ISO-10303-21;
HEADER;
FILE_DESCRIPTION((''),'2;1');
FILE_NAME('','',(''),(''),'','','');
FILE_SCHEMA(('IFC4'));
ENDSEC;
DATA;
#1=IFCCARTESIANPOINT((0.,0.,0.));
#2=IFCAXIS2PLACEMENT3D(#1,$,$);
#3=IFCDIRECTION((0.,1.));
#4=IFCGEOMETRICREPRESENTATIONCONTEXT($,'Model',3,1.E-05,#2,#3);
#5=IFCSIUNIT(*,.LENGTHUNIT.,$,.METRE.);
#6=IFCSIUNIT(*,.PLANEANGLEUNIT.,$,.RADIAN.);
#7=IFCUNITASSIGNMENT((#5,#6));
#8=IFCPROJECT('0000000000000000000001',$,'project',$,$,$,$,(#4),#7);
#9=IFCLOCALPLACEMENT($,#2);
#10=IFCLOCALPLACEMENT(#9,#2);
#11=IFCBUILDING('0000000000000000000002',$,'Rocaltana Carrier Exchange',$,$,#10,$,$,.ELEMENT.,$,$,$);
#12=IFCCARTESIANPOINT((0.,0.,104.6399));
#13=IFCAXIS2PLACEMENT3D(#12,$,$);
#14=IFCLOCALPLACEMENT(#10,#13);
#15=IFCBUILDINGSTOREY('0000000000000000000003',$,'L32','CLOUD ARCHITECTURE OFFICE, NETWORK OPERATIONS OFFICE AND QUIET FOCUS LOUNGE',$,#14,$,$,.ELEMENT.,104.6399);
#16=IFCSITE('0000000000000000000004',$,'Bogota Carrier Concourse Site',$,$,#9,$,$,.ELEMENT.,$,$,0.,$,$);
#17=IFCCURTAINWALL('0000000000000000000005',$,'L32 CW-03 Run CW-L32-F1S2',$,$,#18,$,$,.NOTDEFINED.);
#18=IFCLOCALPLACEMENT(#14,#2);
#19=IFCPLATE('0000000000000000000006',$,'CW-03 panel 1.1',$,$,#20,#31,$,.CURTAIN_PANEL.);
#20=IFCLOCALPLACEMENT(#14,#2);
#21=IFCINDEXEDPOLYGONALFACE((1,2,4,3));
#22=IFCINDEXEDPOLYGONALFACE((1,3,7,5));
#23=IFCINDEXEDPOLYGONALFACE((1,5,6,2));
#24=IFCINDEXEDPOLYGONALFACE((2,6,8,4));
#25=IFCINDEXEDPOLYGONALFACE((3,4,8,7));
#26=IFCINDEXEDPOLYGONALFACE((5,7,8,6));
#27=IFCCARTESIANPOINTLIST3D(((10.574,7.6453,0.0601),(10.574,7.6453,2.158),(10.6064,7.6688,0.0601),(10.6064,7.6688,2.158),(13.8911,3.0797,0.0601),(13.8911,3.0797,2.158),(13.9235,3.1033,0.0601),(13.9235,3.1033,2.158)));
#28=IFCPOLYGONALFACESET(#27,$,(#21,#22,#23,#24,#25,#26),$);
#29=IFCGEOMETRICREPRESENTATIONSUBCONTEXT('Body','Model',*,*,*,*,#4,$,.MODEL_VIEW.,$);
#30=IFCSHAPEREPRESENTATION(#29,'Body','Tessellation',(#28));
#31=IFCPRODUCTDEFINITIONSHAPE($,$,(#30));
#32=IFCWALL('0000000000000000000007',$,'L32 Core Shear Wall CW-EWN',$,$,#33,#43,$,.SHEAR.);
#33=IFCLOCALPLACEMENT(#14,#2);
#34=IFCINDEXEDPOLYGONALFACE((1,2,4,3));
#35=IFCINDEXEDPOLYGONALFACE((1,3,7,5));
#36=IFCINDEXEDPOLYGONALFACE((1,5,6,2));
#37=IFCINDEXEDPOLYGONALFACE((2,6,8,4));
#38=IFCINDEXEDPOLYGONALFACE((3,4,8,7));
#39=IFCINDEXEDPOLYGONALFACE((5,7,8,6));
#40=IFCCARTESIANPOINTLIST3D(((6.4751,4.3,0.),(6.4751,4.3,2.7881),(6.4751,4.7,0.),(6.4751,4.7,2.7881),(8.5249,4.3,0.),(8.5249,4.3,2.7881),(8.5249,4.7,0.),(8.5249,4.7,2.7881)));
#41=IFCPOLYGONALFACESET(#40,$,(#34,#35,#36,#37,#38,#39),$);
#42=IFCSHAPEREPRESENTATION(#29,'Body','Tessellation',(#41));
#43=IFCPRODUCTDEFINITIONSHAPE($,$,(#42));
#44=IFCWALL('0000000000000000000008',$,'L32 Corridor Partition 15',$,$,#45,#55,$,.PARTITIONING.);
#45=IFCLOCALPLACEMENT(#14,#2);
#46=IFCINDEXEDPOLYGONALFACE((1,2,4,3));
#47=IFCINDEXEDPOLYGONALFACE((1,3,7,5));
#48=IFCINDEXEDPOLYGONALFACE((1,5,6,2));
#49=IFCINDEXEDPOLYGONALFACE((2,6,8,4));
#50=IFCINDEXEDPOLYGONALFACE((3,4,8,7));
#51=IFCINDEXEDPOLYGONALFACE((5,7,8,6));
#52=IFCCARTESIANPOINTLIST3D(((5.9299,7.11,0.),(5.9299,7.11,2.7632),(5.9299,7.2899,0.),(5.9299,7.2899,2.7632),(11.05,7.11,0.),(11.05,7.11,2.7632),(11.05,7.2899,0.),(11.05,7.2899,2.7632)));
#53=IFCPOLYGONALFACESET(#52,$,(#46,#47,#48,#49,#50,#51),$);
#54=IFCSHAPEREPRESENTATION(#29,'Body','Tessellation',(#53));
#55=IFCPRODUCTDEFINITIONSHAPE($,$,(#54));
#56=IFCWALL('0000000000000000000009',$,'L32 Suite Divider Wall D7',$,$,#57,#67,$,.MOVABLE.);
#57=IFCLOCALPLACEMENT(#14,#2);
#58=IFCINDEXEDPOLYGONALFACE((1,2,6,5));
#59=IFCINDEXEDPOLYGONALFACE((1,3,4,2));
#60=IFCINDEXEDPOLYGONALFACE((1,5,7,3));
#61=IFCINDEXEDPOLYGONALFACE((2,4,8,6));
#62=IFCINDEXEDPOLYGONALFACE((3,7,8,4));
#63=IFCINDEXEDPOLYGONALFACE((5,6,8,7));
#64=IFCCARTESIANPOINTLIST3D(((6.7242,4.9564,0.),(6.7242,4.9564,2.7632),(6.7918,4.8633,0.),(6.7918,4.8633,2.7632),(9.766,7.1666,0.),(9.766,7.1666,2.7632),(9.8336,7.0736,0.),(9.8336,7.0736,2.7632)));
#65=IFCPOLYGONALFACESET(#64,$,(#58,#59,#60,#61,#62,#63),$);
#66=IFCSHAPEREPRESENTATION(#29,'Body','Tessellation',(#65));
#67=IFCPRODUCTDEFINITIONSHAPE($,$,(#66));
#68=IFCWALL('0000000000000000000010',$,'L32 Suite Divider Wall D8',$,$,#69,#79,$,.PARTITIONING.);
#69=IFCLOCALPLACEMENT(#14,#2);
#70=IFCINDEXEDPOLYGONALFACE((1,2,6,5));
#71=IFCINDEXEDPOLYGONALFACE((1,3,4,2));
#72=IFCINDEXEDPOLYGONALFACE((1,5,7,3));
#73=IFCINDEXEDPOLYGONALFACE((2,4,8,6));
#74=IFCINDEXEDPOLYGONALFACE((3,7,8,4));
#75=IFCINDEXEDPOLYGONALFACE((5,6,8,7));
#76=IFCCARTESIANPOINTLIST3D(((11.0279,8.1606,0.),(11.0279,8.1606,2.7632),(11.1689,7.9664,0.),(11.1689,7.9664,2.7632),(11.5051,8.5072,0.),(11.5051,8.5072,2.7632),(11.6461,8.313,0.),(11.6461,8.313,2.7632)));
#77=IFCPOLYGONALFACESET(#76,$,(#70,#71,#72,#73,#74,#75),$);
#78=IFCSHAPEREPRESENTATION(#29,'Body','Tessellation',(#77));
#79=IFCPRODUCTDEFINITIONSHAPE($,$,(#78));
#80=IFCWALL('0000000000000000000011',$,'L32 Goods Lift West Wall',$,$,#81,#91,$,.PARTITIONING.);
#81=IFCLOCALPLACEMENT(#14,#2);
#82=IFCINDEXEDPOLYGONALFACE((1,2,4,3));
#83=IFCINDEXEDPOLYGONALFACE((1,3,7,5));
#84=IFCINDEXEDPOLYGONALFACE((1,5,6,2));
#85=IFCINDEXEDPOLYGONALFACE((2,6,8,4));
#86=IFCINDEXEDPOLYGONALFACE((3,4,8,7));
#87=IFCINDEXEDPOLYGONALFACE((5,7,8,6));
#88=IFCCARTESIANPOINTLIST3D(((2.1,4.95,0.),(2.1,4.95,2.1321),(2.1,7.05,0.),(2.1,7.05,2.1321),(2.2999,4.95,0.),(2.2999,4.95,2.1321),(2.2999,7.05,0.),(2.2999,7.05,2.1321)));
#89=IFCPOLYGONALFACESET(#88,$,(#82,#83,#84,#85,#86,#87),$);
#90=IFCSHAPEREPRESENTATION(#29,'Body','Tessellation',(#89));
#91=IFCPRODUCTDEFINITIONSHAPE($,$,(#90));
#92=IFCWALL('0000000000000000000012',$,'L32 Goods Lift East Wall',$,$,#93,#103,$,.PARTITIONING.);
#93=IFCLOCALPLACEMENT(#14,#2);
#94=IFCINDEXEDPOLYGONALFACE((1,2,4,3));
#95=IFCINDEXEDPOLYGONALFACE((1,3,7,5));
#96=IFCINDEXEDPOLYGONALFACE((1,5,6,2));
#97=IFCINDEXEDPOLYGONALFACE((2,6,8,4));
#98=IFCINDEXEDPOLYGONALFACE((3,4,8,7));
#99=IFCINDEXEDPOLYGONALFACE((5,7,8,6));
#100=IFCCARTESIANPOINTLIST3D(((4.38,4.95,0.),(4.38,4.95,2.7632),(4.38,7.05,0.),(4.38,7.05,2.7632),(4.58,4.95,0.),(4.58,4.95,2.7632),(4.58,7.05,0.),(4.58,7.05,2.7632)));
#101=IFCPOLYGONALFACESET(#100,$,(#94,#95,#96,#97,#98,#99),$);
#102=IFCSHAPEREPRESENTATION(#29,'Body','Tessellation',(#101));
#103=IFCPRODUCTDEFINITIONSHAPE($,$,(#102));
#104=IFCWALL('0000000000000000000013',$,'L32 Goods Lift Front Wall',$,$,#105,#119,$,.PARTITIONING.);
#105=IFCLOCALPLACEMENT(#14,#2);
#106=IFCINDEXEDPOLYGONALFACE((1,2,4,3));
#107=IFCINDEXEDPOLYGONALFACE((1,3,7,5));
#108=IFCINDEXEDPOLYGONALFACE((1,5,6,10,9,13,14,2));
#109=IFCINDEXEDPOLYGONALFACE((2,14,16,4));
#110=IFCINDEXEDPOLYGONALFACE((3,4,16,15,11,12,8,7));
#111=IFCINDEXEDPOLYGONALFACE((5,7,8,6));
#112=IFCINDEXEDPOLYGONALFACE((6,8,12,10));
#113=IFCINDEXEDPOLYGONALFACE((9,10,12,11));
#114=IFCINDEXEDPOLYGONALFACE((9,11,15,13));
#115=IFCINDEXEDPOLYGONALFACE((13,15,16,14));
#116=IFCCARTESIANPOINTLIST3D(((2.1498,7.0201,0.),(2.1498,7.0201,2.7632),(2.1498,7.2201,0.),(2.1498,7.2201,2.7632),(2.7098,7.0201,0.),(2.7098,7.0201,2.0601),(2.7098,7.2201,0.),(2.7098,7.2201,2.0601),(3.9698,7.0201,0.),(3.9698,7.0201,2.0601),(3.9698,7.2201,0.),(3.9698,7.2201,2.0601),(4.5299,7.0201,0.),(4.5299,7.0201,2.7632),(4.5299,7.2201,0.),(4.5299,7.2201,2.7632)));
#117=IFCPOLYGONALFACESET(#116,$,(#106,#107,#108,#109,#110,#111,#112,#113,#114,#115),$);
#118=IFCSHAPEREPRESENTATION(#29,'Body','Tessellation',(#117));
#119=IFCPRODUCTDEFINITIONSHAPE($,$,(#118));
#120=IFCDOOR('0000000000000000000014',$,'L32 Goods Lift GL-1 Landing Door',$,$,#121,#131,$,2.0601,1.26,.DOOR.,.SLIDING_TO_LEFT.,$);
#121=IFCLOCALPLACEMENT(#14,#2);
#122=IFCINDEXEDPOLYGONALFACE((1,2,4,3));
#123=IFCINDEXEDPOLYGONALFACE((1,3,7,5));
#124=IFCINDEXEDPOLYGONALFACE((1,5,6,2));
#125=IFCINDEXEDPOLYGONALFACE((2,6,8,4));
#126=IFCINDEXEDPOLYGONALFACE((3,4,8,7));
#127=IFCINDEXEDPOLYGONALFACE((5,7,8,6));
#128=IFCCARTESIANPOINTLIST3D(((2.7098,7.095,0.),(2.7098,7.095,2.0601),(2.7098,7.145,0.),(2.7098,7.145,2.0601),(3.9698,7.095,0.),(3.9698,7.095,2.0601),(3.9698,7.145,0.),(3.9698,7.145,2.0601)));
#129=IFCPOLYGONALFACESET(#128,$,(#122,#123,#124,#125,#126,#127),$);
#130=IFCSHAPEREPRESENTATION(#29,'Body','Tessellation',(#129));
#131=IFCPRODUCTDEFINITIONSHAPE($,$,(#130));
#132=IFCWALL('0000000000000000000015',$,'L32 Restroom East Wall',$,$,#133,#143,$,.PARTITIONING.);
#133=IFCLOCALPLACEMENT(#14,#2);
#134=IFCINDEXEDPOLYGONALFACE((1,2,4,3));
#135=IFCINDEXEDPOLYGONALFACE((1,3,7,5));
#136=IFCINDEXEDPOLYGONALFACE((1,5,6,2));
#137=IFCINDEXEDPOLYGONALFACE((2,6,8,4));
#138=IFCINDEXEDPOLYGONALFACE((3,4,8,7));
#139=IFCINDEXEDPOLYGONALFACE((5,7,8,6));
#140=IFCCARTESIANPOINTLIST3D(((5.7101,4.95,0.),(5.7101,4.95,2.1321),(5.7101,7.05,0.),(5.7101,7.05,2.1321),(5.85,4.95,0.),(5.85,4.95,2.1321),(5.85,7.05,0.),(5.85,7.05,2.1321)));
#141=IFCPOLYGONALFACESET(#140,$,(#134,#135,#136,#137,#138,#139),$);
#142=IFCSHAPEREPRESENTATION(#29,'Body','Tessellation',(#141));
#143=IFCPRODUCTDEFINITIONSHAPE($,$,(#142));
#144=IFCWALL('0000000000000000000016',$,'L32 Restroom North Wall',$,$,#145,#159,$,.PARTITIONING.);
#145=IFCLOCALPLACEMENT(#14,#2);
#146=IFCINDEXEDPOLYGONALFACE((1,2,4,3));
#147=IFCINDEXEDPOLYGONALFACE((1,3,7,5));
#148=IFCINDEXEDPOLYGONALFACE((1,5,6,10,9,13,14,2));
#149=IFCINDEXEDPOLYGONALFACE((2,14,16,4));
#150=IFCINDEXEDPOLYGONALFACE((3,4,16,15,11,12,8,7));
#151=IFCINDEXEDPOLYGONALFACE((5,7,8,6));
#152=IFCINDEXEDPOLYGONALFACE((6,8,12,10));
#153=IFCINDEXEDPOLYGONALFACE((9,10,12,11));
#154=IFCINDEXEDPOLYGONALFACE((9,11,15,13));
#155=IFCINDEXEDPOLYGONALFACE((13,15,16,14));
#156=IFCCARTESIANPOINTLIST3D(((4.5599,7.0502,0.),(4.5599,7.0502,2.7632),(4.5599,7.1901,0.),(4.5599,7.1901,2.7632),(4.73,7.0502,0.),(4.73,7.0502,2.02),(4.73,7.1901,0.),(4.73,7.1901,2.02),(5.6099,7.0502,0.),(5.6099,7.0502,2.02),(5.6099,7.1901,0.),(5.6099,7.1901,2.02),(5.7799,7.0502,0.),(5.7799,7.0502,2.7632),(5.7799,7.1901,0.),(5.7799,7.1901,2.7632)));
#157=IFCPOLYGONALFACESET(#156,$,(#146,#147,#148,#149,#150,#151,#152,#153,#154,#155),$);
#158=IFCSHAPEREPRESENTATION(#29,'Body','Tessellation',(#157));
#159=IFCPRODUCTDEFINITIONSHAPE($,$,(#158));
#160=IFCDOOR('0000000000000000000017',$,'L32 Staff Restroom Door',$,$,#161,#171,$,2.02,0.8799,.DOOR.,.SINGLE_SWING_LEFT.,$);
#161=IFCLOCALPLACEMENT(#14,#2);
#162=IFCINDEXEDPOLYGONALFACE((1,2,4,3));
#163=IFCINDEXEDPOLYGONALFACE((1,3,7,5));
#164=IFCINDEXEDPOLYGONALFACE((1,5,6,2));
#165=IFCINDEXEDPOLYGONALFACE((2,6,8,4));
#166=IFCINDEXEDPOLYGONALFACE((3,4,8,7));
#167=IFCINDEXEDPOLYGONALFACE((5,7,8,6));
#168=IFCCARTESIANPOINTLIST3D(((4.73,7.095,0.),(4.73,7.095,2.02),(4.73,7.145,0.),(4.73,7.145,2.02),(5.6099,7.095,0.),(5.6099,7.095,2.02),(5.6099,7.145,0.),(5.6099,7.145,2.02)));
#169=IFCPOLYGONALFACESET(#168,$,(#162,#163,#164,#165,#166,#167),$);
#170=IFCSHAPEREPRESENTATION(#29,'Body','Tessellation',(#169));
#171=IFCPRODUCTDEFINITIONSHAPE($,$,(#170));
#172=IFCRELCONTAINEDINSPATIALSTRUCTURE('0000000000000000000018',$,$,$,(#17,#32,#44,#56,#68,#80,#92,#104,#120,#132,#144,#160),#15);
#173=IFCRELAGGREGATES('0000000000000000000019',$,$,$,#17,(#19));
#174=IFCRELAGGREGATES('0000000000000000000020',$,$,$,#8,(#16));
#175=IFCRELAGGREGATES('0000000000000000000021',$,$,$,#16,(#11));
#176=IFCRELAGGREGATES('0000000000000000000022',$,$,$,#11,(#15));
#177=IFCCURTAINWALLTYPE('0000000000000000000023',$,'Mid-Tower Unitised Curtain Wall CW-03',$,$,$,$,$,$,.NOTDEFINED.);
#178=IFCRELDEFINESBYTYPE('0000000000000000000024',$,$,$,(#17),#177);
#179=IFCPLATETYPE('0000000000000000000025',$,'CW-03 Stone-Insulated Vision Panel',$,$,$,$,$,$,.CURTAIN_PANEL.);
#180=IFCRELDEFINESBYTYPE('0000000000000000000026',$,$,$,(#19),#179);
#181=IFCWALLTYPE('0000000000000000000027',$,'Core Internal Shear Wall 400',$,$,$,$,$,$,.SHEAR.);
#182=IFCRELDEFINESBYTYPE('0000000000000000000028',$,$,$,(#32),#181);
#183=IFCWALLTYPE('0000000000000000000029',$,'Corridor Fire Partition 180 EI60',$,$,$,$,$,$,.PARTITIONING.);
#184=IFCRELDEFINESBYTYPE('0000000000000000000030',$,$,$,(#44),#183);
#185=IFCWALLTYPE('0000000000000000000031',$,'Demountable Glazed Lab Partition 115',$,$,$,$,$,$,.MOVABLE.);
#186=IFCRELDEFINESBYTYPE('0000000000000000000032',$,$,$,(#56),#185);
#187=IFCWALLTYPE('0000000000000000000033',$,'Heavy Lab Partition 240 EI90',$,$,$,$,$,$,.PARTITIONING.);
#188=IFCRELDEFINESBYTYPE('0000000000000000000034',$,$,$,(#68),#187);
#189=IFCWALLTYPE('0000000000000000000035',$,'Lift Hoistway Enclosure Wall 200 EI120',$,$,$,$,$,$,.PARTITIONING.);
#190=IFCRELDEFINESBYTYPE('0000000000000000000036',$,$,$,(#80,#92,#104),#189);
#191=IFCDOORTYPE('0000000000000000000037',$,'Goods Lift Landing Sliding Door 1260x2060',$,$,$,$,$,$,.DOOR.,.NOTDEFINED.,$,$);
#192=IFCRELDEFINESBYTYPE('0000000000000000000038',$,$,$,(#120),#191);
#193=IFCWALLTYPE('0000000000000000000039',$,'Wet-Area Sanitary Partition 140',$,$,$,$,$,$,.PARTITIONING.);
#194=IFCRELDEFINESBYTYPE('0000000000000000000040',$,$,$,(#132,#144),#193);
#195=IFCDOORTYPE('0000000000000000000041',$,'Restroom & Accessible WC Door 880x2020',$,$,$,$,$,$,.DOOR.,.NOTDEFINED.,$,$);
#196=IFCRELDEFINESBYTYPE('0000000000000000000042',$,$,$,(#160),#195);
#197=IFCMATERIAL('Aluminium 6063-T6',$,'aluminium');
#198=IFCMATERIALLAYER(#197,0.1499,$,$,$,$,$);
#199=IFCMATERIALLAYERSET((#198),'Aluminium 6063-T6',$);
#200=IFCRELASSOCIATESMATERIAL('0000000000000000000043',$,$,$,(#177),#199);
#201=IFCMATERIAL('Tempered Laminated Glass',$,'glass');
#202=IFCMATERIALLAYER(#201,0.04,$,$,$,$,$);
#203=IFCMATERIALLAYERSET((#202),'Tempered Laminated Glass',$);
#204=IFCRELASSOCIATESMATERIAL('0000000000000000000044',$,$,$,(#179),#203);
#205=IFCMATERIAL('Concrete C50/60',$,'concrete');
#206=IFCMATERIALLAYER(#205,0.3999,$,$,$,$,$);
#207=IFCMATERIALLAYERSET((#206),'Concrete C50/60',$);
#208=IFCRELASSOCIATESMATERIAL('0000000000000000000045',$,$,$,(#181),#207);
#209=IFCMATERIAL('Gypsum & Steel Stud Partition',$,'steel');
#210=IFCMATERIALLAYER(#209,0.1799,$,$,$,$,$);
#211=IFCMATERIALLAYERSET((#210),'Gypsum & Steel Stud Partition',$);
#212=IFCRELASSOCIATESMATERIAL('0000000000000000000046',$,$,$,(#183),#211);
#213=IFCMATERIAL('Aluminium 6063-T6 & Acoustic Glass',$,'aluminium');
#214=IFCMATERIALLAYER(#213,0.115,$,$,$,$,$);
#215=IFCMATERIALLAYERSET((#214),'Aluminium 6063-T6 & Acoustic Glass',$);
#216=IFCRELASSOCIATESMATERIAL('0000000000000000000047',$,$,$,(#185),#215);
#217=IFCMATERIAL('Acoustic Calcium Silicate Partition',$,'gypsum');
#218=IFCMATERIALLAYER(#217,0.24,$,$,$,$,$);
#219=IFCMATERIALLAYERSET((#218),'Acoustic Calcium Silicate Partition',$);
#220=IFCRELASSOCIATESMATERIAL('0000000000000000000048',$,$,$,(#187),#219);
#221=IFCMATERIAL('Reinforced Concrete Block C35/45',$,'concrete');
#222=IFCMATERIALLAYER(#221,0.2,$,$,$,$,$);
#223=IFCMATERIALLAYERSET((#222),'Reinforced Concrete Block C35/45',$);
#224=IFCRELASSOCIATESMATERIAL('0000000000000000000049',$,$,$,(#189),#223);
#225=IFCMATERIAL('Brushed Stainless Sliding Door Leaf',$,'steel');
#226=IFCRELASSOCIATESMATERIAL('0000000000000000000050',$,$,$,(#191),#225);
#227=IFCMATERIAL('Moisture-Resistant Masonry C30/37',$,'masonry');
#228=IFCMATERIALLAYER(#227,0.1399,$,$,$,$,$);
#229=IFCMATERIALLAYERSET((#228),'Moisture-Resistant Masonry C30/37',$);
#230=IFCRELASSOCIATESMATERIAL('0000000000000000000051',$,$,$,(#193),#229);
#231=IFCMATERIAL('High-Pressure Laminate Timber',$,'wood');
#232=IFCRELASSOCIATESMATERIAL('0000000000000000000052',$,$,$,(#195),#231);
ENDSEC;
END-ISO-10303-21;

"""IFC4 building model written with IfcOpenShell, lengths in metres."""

from ifc_helpers import new_model, si_unit, direction, frame, frame_2d, origin, origin_2d, place, context, subcontext, project, spatial, rectangle, extrude, material, layer, layer_set, type_object, element, fill, aggregate, save


model = new_model("IFC4")

# Units and contexts
model_context = context("Model", 3, precision=1e-05, world=origin(), true_north=direction((0.0, 1.0)))
body_context = subcontext(model_context, "Body", "Model", "MODEL_VIEW")
ifc_project = project(units=[si_unit("LENGTHUNIT", "METRE"), si_unit("PLANEANGLEUNIT", "RADIAN")], contexts=[model_context])

# Site, building, storey
site_placement = place(None, origin())
site = spatial("IfcSite", under=ifc_project, at=site_placement, Name="Bogota Carrier Concourse Site", CompositionType="ELEMENT", RefElevation=0.0)
building_placement = place(site_placement, origin())
building = spatial("IfcBuilding", under=site, at=building_placement, Name="Rocaltana Carrier Exchange", CompositionType="ELEMENT")
storey_placement = place(building_placement, frame((0.0, 0.0, 104.6399)))
storey = spatial("IfcBuildingStorey", under=building, at=storey_placement, Name="L32", Description="CLOUD ARCHITECTURE OFFICE, NETWORK OPERATIONS OFFICE AND QUIET FOCUS LOUNGE", CompositionType="ELEMENT", Elevation=104.6399)

# Curtain wall
ifc_material_1 = material(Name="Aluminium 6063-T6", Category="aluminium")
ifc_layer_1 = layer(ifc_material_1, 0.1499)
ifc_layer_set_1 = layer_set([ifc_layer_1], Name="Aluminium 6063-T6")
curtain_wall_type = type_object("IfcCurtainWallType", Name="Mid-Tower Unitised Curtain Wall CW-03", PredefinedType="NOTDEFINED", material=ifc_layer_set_1)
curtain_wall_placement = place(storey_placement, origin())
curtain_wall = element("IfcCurtainWall", 1, at=curtain_wall_placement, inside=storey, type_object=curtain_wall_type, Name="L32 CW-03 Run CW-L32-F1S2", PredefinedType="NOTDEFINED")

# Plate
ifc_material_2 = material(Name="Tempered Laminated Glass", Category="glass")
ifc_layer_2 = layer(ifc_material_2, 0.04)
ifc_layer_set_2 = layer_set([ifc_layer_2], Name="Tempered Laminated Glass")
plate_type = type_object("IfcPlateType", Name="CW-03 Stone-Insulated Vision Panel", PredefinedType="CURTAIN_PANEL", material=ifc_layer_set_2)
plate_placement = place(storey_placement, frame((12.2488, 5.3743, 0.0601), z_axis=(0.0, 0.0, 1.0), x_axis=(-0.58779, 0.809014, 0.0)))
plate = element("IfcPlate", 2, at=plate_placement, type_object=plate_type, Name="CW-03 panel 1.1", PredefinedType="CURTAIN_PANEL", context=body_context, shape_type="SweptSolid", body=[
    extrude(rectangle(XDim=5.6433, YDim=0.04, at=origin_2d()), origin(), (0.0, 0.0, 1.0), 2.0979),
])
aggregate(curtain_wall, [plate])

# Walls
ifc_material_3 = material(Name="Concrete C50/60", Category="concrete")
ifc_layer_3 = layer(ifc_material_3, 0.3999)
ifc_layer_set_3 = layer_set([ifc_layer_3], Name="Concrete C50/60")
wall_type_1 = type_object("IfcWallType", Name="Core Internal Shear Wall 400", PredefinedType="SHEAR", material=ifc_layer_set_3)
wall_1_placement = place(storey_placement, frame((6.4751, 4.5, 0.0), z_axis=(0.0, 0.0, 1.0), x_axis=(1.0, 0.0, 0.0)))
element("IfcWall", 3, at=wall_1_placement, inside=storey, type_object=wall_type_1, Name="L32 Core Shear Wall CW-EWN", PredefinedType="SHEAR", context=body_context, shape_type="SweptSolid", body=[
    extrude(rectangle(XDim=2.0498, YDim=0.3999, at=frame_2d((1.0249, 0.0))), origin(), (0.0, 0.0, 1.0), 2.7881),
])
ifc_material_4 = material(Name="Gypsum & Steel Stud Partition", Category="steel")
ifc_layer_4 = layer(ifc_material_4, 0.1799)
ifc_layer_set_4 = layer_set([ifc_layer_4], Name="Gypsum & Steel Stud Partition")
wall_type_2 = type_object("IfcWallType", Name="Corridor Fire Partition 180 EI60", PredefinedType="PARTITIONING", material=ifc_layer_set_4)
wall_2_placement = place(storey_placement, frame((11.05, 7.2, 0.0), z_axis=(0.0, 0.0, 1.0), x_axis=(-1.0, 0.0, 0.0)))
element("IfcWall", 4, at=wall_2_placement, inside=storey, type_object=wall_type_2, Name="L32 Corridor Partition 15", PredefinedType="PARTITIONING", context=body_context, shape_type="SweptSolid", body=[
    extrude(rectangle(XDim=5.1201, YDim=0.1799, at=frame_2d((2.5601, 0.0))), origin(), (0.0, 0.0, 1.0), 2.7632),
])
ifc_material_5 = material(Name="Aluminium 6063-T6 & Acoustic Glass", Category="aluminium")
ifc_layer_5 = layer(ifc_material_5, 0.115)
ifc_layer_set_5 = layer_set([ifc_layer_5], Name="Aluminium 6063-T6 & Acoustic Glass")
wall_type_3 = type_object("IfcWallType", Name="Demountable Glazed Lab Partition 115", PredefinedType="MOVABLE", material=ifc_layer_set_5)
wall_3_placement = place(storey_placement, frame((6.7581, 4.9099, 0.0), z_axis=(0.0, 0.0, 1.0), x_axis=(0.808986, 0.587828, 0.0)))
element("IfcWall", 5, at=wall_3_placement, inside=storey, type_object=wall_type_3, Name="L32 Suite Divider Wall D7", PredefinedType="MOVABLE", context=body_context, shape_type="SweptSolid", body=[
    extrude(rectangle(XDim=3.76, YDim=0.115, at=frame_2d((1.8799, 0.0))), origin(), (0.0, 0.0, 1.0), 2.7632),
])
ifc_material_6 = material(Name="Acoustic Calcium Silicate Partition", Category="gypsum")
ifc_layer_6 = layer(ifc_material_6, 0.24)
ifc_layer_set_6 = layer_set([ifc_layer_6], Name="Acoustic Calcium Silicate Partition")
wall_type_4 = type_object("IfcWallType", Name="Heavy Lab Partition 240 EI90", PredefinedType="PARTITIONING", material=ifc_layer_set_6)
wall_4_placement = place(storey_placement, frame((11.0984, 8.0635, 0.0), z_axis=(0.0, 0.0, 1.0), x_axis=(0.809094, 0.587679, 0.0)))
element("IfcWall", 6, at=wall_4_placement, inside=storey, type_object=wall_type_4, Name="L32 Suite Divider Wall D8", PredefinedType="PARTITIONING", context=body_context, shape_type="SweptSolid", body=[
    extrude(rectangle(XDim=0.5898, YDim=0.24, at=frame_2d((0.2949, 0.0))), origin(), (0.0, 0.0, 1.0), 2.7632),
])
ifc_material_7 = material(Name="Reinforced Concrete Block C35/45", Category="concrete")
ifc_layer_7 = layer(ifc_material_7, 0.2)
ifc_layer_set_7 = layer_set([ifc_layer_7], Name="Reinforced Concrete Block C35/45")
wall_type_5 = type_object("IfcWallType", Name="Lift Hoistway Enclosure Wall 200 EI120", PredefinedType="PARTITIONING", material=ifc_layer_set_7)
wall_5_placement = place(storey_placement, frame((2.2, 4.95, 0.0), z_axis=(0.0, 0.0, 1.0), x_axis=(0.0, 1.0, 0.0)))
element("IfcWall", 7, at=wall_5_placement, inside=storey, type_object=wall_type_5, Name="L32 Goods Lift West Wall", PredefinedType="PARTITIONING", context=body_context, shape_type="SweptSolid", body=[
    extrude(rectangle(XDim=2.1001, YDim=0.2, at=frame_2d((1.05, 0.0))), origin(), (0.0, 0.0, 1.0), 2.1321),
])
wall_6_placement = place(storey_placement, frame((4.48, 4.95, 0.0), z_axis=(0.0, 0.0, 1.0), x_axis=(0.0, 1.0, 0.0)))
element("IfcWall", 8, at=wall_6_placement, inside=storey, type_object=wall_type_5, Name="L32 Goods Lift East Wall", PredefinedType="PARTITIONING", context=body_context, shape_type="SweptSolid", body=[
    extrude(rectangle(XDim=2.1001, YDim=0.2, at=frame_2d((1.05, 0.0))), origin(), (0.0, 0.0, 1.0), 2.7632),
])

# Wall, opening, door
wall_7_placement = place(storey_placement, frame((2.1499, 7.1201, 0.0), z_axis=(0.0, 0.0, 1.0), x_axis=(1.0, 0.0, 0.0)))
wall_7 = element("IfcWall", 9, at=wall_7_placement, inside=storey, type_object=wall_type_5, Name="L32 Goods Lift Front Wall", PredefinedType="PARTITIONING", context=body_context, shape_type="SweptSolid", body=[
    extrude(rectangle(XDim=2.3801, YDim=0.2, at=frame_2d((1.1899, 0.0))), origin(), (0.0, 0.0, 1.0), 2.7632),
])
opening_1_placement = place(wall_7_placement, frame((0.5601, 0.0, 0.0)))
opening_1 = element("IfcOpeningElement", 10, at=opening_1_placement, cuts=wall_7, PredefinedType="OPENING", context=body_context, shape_type="SweptSolid", body=[
    extrude(rectangle(XDim=1.26, YDim=2.0601, at=frame_2d((0.6299, 1.03))), frame((0.0, 0.1099, 0.0), z_axis=(0.0, -1.0, 0.0), x_axis=(1.0, 0.0, 0.0)), (0.0, 0.0, 1.0), 0.22),
])
ifc_material_8 = material(Name="Brushed Stainless Sliding Door Leaf", Category="steel")
door_type_1 = type_object("IfcDoorType", Name="Goods Lift Landing Sliding Door 1260x2060", OperationType="NOTDEFINED", PredefinedType="DOOR", material=ifc_material_8)
door_1_placement = place(opening_1_placement, origin())
door_1 = element("IfcDoor", 11, at=door_1_placement, inside=storey, type_object=door_type_1, Name="L32 Goods Lift GL-1 Landing Door", OperationType="SLIDING_TO_LEFT", OverallHeight=2.0601, OverallWidth=1.26, PredefinedType="DOOR", context=body_context, shape_type="SweptSolid", body=[
    extrude(rectangle(XDim=1.26, YDim=2.0601, at=frame_2d((0.6299, 1.03))), frame((0.0, 0.0249, 0.0), z_axis=(0.0, -1.0, 0.0), x_axis=(1.0, 0.0, 0.0)), (0.0, 0.0, 1.0), 0.05),
])
fill(opening_1, door_1)

# Wall
ifc_material_9 = material(Name="Moisture-Resistant Masonry C30/37", Category="masonry")
ifc_layer_8 = layer(ifc_material_9, 0.1399)
ifc_layer_set_8 = layer_set([ifc_layer_8], Name="Moisture-Resistant Masonry C30/37")
wall_type_6 = type_object("IfcWallType", Name="Wet-Area Sanitary Partition 140", PredefinedType="PARTITIONING", material=ifc_layer_set_8)
wall_8_placement = place(storey_placement, frame((5.78, 4.95, 0.0), z_axis=(0.0, 0.0, 1.0), x_axis=(0.0, 1.0, 0.0)))
element("IfcWall", 12, at=wall_8_placement, inside=storey, type_object=wall_type_6, Name="L32 Restroom East Wall", PredefinedType="PARTITIONING", context=body_context, shape_type="SweptSolid", body=[
    extrude(rectangle(XDim=2.1001, YDim=0.1399, at=frame_2d((1.05, 0.0))), origin(), (0.0, 0.0, 1.0), 2.1321),
])

# Wall, opening, door
wall_9_placement = place(storey_placement, frame((4.5601, 7.1201, 0.0), z_axis=(0.0, 0.0, 1.0), x_axis=(1.0, 0.0, 0.0)))
wall_9 = element("IfcWall", 13, at=wall_9_placement, inside=storey, type_object=wall_type_6, Name="L32 Restroom North Wall", PredefinedType="PARTITIONING", context=body_context, shape_type="SweptSolid", body=[
    extrude(rectangle(XDim=1.22, YDim=0.1399, at=frame_2d((0.6099, 0.0))), origin(), (0.0, 0.0, 1.0), 2.7632),
])
opening_2_placement = place(wall_9_placement, frame((0.1699, 0.0, 0.0)))
opening_2 = element("IfcOpeningElement", 14, at=opening_2_placement, cuts=wall_9, PredefinedType="OPENING", context=body_context, shape_type="SweptSolid", body=[
    extrude(rectangle(XDim=0.8799, YDim=2.02, at=frame_2d((0.4399, 1.01))), frame((0.0, 0.0798, 0.0), z_axis=(0.0, -1.0, 0.0), x_axis=(1.0, 0.0, 0.0)), (0.0, 0.0, 1.0), 0.1599),
])
ifc_material_10 = material(Name="High-Pressure Laminate Timber", Category="wood")
door_type_2 = type_object("IfcDoorType", Name="Restroom & Accessible WC Door 880x2020", OperationType="NOTDEFINED", PredefinedType="DOOR", material=ifc_material_10)
door_2_placement = place(opening_2_placement, origin())
door_2 = element("IfcDoor", 15, at=door_2_placement, inside=storey, type_object=door_type_2, Name="L32 Staff Restroom Door", OperationType="SINGLE_SWING_LEFT", OverallHeight=2.02, OverallWidth=0.8799, PredefinedType="DOOR", context=body_context, shape_type="SweptSolid", body=[
    extrude(rectangle(XDim=0.8799, YDim=2.02, at=frame_2d((0.4399, 1.01))), frame((0.0, 0.0249, 0.0), z_axis=(0.0, -1.0, 0.0), x_axis=(1.0, 0.0, 0.0)), (0.0, 0.0, 1.0), 0.05),
])
fill(opening_2, door_2)

save(model, "model.ifc")
